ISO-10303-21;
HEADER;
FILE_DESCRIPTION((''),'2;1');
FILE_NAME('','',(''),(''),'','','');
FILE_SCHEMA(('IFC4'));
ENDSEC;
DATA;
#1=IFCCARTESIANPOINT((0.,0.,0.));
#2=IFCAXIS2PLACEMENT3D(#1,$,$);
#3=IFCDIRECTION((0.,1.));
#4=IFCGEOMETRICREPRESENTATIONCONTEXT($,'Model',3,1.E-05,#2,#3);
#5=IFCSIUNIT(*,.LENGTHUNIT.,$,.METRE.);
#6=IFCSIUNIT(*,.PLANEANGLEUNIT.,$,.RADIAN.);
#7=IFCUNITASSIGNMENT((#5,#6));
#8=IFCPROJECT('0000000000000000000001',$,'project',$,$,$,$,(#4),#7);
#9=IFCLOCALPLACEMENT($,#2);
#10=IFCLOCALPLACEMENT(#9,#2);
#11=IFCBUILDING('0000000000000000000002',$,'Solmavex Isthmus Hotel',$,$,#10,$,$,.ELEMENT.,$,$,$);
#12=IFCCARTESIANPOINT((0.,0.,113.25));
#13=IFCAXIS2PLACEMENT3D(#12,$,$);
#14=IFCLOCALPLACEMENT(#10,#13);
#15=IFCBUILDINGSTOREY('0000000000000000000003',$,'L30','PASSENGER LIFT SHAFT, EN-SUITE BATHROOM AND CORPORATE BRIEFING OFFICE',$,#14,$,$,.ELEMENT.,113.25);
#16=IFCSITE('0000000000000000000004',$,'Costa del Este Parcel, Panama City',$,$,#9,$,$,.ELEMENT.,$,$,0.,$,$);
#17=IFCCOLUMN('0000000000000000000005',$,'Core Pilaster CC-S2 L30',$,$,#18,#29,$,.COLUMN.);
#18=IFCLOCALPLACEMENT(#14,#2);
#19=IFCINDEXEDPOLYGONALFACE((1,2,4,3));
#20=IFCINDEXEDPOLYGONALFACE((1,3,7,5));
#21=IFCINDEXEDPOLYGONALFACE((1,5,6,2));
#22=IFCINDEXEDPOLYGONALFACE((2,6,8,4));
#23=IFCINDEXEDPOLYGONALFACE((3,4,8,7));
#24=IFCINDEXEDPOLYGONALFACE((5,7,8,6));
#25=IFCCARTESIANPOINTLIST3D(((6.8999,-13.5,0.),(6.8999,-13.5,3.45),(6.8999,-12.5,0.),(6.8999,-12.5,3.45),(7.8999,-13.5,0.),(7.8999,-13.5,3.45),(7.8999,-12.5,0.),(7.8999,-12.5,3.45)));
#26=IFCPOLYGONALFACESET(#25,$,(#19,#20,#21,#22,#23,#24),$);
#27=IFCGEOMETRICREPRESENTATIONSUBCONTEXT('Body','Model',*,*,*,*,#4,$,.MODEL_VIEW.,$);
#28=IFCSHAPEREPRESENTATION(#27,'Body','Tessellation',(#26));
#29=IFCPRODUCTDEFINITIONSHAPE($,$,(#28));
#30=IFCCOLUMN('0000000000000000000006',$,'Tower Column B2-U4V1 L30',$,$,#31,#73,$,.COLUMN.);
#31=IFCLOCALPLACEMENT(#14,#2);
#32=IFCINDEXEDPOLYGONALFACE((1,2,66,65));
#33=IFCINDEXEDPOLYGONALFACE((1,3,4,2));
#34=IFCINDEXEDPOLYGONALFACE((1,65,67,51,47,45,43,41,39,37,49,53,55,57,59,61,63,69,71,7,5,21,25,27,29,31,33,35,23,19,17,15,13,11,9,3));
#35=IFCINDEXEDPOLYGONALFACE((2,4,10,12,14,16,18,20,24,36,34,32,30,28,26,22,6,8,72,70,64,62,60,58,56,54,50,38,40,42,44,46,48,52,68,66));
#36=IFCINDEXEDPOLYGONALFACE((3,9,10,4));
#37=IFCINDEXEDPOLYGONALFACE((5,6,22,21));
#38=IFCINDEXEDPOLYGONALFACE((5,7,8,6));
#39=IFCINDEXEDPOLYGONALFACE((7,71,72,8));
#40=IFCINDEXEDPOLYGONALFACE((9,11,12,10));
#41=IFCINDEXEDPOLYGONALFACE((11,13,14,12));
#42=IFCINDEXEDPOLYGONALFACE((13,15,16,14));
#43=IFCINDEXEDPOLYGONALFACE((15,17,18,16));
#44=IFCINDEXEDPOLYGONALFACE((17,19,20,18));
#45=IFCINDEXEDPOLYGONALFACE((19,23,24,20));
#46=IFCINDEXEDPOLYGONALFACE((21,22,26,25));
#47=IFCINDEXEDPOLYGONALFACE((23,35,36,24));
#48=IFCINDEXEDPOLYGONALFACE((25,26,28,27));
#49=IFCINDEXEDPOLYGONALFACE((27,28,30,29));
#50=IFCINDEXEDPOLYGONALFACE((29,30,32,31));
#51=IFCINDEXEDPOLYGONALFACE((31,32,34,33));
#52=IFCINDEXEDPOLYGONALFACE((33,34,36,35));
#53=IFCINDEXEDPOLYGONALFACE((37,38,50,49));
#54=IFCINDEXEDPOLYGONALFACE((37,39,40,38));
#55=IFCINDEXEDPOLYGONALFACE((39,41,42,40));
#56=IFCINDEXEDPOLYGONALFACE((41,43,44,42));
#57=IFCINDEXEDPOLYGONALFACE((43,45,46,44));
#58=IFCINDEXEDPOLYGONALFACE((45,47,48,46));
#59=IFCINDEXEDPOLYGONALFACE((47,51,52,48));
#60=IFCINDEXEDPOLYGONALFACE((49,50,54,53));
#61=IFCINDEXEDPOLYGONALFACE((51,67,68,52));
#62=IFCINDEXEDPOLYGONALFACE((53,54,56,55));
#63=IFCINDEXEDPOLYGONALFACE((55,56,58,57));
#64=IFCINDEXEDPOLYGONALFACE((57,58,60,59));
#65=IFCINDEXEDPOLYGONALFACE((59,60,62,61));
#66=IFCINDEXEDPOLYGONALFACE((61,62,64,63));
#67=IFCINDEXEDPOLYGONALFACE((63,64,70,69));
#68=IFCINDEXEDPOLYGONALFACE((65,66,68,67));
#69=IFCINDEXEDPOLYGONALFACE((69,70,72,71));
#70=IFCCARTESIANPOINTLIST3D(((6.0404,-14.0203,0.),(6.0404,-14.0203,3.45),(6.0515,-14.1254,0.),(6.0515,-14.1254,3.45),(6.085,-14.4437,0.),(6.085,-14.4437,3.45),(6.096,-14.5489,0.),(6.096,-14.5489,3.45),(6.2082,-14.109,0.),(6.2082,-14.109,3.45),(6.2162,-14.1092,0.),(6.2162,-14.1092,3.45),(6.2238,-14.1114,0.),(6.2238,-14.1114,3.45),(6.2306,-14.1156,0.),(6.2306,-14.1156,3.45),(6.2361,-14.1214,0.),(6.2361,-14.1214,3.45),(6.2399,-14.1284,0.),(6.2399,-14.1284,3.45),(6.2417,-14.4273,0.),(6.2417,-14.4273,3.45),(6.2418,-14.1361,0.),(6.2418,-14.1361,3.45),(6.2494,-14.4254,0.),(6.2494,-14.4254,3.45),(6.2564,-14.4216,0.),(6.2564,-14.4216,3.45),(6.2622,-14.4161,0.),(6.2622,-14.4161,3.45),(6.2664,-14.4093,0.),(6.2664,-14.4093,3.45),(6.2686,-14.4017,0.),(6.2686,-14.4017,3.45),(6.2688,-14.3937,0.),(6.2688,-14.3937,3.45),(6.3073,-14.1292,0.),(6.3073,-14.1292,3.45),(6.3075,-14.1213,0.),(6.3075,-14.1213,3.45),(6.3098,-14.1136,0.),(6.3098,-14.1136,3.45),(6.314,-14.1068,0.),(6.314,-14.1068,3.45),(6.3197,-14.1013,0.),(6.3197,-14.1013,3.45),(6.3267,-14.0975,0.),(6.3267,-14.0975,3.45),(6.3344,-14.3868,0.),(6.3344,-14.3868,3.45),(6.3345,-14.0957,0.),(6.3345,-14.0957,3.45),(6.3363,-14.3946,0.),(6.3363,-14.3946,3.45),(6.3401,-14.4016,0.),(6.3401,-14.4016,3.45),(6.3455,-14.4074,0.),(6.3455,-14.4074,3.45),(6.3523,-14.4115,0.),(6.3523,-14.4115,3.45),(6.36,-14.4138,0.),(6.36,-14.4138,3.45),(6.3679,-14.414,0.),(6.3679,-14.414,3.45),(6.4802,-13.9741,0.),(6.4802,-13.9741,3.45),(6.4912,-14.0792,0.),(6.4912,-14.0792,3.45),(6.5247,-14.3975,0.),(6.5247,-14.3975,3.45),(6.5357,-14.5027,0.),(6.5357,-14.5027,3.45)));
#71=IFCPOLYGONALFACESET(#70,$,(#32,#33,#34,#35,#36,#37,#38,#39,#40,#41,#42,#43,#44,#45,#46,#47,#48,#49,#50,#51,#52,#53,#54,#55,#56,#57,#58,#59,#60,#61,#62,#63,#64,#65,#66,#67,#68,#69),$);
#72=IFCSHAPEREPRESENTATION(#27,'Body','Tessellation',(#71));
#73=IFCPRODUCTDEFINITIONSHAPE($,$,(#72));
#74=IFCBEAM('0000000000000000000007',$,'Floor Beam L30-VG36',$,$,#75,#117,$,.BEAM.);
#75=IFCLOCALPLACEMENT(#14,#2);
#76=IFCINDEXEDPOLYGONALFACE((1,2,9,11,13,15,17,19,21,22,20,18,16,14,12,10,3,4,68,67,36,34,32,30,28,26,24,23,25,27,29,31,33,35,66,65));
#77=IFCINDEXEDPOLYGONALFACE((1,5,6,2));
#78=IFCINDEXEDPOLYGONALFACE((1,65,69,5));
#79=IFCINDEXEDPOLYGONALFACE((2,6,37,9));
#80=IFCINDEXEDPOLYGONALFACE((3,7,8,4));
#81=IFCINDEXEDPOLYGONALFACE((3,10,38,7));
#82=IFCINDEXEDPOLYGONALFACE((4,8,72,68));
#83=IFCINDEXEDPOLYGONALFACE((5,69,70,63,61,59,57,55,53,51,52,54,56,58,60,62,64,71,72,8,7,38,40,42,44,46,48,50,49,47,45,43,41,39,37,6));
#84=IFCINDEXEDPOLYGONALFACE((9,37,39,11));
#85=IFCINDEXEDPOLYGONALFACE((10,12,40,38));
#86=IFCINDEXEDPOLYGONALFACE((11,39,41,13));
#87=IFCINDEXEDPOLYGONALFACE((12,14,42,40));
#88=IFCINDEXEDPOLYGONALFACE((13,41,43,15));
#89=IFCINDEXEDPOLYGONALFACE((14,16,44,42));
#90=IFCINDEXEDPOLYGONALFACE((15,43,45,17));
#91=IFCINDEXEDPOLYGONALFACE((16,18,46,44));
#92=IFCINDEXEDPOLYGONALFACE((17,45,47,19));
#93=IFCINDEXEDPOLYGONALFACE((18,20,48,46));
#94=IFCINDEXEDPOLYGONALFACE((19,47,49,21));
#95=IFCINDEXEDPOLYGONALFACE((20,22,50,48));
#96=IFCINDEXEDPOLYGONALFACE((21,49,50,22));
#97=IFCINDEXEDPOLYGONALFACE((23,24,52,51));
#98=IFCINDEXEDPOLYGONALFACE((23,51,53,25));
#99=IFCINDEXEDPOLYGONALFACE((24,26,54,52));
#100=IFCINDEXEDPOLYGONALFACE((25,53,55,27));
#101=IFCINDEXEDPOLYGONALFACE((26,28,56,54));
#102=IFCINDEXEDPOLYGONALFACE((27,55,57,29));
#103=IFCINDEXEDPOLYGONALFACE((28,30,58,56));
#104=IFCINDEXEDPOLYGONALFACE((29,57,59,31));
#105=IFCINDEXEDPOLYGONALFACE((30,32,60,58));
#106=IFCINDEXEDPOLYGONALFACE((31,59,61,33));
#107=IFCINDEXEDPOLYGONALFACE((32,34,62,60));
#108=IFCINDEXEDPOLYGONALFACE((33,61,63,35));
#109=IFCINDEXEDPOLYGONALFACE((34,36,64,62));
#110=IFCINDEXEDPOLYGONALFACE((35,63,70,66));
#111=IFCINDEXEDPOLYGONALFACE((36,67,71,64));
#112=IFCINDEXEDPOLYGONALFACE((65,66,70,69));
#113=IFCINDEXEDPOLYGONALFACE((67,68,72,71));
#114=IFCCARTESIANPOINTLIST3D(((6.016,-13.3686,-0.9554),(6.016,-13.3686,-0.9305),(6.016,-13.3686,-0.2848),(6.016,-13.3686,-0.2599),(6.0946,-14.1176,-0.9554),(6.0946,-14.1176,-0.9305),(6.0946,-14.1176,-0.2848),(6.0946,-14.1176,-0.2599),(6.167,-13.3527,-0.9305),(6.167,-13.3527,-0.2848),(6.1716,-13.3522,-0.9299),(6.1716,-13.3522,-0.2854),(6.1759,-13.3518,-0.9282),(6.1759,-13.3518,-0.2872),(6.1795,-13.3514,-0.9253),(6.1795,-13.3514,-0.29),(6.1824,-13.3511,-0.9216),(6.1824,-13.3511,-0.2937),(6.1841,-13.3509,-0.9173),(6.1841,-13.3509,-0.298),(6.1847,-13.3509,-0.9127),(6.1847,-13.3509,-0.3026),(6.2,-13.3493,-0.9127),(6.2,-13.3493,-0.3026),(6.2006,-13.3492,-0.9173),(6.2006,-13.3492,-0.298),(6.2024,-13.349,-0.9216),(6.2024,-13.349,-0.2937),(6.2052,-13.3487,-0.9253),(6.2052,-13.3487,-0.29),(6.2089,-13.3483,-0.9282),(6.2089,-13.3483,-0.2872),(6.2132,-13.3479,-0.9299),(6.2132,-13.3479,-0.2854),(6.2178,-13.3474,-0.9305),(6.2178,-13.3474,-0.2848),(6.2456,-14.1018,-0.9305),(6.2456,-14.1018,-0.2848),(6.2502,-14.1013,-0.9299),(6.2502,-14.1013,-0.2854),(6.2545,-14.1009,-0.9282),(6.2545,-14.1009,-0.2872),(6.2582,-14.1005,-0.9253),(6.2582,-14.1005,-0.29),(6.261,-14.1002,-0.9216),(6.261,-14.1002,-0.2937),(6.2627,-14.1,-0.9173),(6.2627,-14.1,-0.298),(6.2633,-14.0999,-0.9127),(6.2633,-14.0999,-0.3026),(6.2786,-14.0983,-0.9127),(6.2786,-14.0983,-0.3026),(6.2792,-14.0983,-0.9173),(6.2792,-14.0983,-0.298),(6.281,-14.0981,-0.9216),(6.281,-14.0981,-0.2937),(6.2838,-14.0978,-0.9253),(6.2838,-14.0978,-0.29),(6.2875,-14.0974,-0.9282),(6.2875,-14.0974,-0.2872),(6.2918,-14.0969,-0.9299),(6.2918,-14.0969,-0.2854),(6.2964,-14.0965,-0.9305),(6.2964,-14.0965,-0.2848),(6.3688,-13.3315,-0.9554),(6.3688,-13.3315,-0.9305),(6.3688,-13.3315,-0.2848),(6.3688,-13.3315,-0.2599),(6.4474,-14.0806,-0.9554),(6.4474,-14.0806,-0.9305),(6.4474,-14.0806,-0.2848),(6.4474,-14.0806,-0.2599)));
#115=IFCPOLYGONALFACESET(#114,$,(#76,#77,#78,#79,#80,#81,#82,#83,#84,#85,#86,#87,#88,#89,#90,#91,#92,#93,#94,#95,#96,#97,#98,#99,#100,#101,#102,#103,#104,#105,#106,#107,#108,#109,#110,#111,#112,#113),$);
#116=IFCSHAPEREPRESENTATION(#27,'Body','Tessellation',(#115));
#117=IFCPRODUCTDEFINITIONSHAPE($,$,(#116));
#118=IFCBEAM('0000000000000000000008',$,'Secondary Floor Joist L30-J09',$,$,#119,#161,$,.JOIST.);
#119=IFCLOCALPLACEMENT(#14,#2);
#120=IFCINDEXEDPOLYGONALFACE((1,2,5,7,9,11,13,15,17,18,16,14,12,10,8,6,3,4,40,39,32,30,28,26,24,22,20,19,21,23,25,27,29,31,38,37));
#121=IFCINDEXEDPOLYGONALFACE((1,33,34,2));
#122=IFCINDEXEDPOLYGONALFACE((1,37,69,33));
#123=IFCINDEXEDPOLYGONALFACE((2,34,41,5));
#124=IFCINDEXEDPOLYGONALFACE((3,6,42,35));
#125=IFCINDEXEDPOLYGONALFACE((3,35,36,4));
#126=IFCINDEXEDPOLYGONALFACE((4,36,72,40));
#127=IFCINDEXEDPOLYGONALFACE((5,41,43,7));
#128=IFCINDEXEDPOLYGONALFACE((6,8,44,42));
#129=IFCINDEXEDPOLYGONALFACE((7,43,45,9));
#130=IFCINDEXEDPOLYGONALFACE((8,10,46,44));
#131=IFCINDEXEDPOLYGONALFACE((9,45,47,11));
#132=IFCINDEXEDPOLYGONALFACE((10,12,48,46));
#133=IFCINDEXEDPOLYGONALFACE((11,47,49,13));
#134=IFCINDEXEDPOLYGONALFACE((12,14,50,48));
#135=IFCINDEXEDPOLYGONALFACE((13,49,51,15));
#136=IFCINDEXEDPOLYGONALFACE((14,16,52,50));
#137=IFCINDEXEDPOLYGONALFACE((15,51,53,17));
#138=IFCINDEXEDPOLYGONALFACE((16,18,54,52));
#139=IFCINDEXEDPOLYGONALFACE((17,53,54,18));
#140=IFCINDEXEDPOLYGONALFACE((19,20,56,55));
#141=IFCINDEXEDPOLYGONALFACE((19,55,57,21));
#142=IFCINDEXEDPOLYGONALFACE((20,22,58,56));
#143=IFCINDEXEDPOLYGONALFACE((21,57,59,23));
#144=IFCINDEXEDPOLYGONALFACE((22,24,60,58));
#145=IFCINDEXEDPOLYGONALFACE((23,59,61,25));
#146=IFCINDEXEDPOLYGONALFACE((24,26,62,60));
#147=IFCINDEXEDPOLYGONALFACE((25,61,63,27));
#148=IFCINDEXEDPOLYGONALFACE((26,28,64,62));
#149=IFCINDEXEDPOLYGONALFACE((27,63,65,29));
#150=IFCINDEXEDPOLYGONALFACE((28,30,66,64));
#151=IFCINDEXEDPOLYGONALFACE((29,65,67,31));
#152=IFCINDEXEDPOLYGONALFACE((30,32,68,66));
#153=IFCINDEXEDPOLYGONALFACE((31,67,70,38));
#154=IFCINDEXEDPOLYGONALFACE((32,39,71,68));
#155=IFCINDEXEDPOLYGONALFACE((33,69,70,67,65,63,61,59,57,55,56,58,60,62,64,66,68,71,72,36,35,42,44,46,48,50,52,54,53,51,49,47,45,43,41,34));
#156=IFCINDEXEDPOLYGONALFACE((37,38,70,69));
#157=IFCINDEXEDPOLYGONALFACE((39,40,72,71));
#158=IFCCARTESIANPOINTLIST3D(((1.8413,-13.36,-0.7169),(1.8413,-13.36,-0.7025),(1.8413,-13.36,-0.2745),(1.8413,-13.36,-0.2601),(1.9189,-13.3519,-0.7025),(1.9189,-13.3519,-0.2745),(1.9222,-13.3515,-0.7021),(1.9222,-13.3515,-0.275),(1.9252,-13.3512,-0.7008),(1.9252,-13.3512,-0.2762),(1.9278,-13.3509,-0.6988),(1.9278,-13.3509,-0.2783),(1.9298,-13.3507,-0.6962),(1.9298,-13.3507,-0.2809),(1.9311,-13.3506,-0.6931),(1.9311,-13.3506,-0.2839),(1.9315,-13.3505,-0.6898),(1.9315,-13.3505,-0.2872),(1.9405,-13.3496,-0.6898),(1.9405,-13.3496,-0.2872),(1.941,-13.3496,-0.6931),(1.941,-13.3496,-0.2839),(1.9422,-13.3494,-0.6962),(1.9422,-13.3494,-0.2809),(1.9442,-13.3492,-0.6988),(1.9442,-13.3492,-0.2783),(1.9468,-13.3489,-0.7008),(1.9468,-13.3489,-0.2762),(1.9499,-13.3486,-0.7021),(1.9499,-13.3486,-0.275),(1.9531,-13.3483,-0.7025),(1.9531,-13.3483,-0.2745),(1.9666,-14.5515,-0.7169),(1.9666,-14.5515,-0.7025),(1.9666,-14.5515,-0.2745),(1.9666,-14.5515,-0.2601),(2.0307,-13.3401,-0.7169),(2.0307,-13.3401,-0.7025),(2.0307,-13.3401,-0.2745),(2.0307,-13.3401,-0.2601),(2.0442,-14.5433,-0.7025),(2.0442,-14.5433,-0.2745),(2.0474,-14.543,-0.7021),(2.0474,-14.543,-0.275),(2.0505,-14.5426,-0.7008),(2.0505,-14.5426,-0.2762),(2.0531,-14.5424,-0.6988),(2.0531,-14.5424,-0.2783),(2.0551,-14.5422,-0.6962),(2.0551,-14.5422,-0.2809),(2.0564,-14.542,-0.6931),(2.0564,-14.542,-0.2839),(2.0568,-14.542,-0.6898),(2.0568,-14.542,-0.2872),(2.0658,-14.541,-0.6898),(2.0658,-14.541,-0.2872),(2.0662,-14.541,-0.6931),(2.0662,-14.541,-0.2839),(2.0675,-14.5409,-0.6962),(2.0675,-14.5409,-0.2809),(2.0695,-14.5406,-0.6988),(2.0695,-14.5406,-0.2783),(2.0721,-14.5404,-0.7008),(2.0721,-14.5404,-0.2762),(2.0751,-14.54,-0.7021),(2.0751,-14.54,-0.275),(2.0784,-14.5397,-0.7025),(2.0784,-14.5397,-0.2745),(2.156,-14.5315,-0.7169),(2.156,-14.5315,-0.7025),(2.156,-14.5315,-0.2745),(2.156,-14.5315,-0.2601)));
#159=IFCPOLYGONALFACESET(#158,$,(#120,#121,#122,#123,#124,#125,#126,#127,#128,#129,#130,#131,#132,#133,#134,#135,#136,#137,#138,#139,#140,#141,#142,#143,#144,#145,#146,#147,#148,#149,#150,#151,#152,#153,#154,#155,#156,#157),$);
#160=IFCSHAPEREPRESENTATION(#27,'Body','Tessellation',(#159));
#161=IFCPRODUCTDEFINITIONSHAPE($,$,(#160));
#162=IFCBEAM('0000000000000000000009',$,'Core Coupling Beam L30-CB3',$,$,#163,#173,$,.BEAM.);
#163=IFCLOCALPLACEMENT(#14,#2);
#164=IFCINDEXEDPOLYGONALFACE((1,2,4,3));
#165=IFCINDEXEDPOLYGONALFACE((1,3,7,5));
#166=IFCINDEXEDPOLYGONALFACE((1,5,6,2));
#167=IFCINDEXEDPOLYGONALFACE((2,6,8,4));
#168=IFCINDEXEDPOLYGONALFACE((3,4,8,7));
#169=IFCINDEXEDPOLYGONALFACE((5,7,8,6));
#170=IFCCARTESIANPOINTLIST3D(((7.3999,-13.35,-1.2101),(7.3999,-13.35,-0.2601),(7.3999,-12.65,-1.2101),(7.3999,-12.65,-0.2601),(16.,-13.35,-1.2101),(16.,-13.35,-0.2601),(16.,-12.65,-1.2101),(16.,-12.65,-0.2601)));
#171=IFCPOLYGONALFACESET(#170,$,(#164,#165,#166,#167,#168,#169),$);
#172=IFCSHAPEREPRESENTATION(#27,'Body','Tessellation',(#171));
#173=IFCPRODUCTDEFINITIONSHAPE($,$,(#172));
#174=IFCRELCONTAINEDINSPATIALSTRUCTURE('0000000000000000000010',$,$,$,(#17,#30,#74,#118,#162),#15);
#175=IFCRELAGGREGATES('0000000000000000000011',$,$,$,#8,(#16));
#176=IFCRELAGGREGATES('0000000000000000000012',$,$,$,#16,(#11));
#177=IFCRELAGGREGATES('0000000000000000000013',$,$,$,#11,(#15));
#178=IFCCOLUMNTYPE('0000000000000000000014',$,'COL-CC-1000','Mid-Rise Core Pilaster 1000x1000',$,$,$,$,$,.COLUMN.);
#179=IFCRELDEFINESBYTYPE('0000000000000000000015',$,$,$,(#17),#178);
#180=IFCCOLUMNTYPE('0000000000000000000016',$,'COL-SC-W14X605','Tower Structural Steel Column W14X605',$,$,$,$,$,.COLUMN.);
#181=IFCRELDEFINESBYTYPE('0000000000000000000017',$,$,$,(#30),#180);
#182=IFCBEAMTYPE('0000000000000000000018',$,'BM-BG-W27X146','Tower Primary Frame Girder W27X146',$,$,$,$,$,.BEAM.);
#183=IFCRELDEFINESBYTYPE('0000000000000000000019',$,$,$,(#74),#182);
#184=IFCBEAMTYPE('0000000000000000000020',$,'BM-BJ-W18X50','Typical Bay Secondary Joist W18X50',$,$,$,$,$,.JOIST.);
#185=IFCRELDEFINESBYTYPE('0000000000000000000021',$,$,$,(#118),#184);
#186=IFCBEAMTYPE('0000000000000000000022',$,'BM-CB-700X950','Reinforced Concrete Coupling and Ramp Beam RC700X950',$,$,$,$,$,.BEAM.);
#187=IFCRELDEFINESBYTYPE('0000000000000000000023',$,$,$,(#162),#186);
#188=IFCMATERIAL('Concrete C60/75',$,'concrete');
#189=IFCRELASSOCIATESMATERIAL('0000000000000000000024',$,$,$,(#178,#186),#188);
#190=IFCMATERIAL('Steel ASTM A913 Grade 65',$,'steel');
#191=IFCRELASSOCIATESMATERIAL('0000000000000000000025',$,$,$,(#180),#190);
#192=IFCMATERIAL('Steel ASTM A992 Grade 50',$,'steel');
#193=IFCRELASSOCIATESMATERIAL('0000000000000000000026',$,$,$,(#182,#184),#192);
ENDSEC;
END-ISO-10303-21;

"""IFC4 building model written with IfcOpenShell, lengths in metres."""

from ifc_helpers import new_model, si_unit, direction, frame, origin, origin_2d, place, context, subcontext, project, spatial, rectangle, i_section, extrude, material, material_profile, profile_set, type_object, element, save


model = new_model("IFC4")

# Units and contexts
model_context = context("Model", 3, precision=1e-05, world=origin(), true_north=direction((0.0, 1.0)))
body_context = subcontext(model_context, "Body", "Model", "MODEL_VIEW")
ifc_project = project(units=[si_unit("LENGTHUNIT", "METRE"), si_unit("PLANEANGLEUNIT", "RADIAN")], contexts=[model_context])

# Site, building, storey
site_placement = place(None, origin())
site = spatial("IfcSite", under=ifc_project, at=site_placement, Name="Costa del Este Parcel, Panama City", CompositionType="ELEMENT", RefElevation=0.0)
building_placement = place(site_placement, origin())
building = spatial("IfcBuilding", under=site, at=building_placement, Name="Solmavex Isthmus Hotel", CompositionType="ELEMENT")
storey_placement = place(building_placement, frame((0.0, 0.0, 113.25)))
storey = spatial("IfcBuildingStorey", under=building, at=storey_placement, Name="L30", Description="PASSENGER LIFT SHAFT, EN-SUITE BATHROOM AND CORPORATE BRIEFING OFFICE", CompositionType="ELEMENT", Elevation=113.25)

# Columns
ifc_material_1 = material(Name="Concrete C60/75", Category="concrete")
ifc_material_profile_1 = material_profile(ifc_material_1, rectangle(XDim=1.0, YDim=1.0, at=origin_2d()), Name="RC1000X1000")
ifc_profile_set_1 = profile_set([ifc_material_profile_1], Name="Concrete C60/75")
column_type_1 = type_object("IfcColumnType", Name="COL-CC-1000", Description="Mid-Rise Core Pilaster 1000x1000", PredefinedType="COLUMN", material=ifc_profile_set_1)
column_1_placement = place(storey_placement, frame((7.3999, -13.0, 0.0), z_axis=(0.0, 0.0, 1.0), x_axis=(1.0, 0.0, 0.0)))
element("IfcColumn", 1, at=column_1_placement, inside=storey, type_object=column_type_1, Name="Core Pilaster CC-S2 L30", PredefinedType="COLUMN", context=body_context, shape_type="SweptSolid", body=[
    extrude(rectangle(XDim=1.0, YDim=1.0, at=origin_2d()), origin(), (0.0, 0.0, 1.0), 3.45),
])
ifc_material_2 = material(Name="Steel ASTM A913 Grade 65", Category="steel")
ifc_material_profile_2 = material_profile(ifc_material_2, i_section(OverallWidth=0.4421, OverallDepth=0.5315, WebThickness=0.0659, FlangeThickness=0.1057, FilletRadius=0.0305, at=origin_2d()), Name="W14X605")
ifc_profile_set_2 = profile_set([ifc_material_profile_2], Name="Steel ASTM A913 Grade 65")
column_type_2 = type_object("IfcColumnType", Name="COL-SC-W14X605", Description="Tower Structural Steel Column W14X605", PredefinedType="COLUMN", material=ifc_profile_set_2)
column_2_placement = place(storey_placement, frame((6.2881, -14.2615, 0.0), z_axis=(0.0, 0.0, 1.0), x_axis=(0.994522, 0.104528, 0.0)))
element("IfcColumn", 2, at=column_2_placement, inside=storey, type_object=column_type_2, Name="Tower Column B2-U4V1 L30", PredefinedType="COLUMN", context=body_context, shape_type="SweptSolid", body=[
    extrude(i_section(OverallWidth=0.4421, OverallDepth=0.5315, WebThickness=0.0659, FlangeThickness=0.1057, FilletRadius=0.0305, at=origin_2d()), origin(), (0.0, 0.0, 1.0), 3.45),
])

# Beams
ifc_material_3 = material(Name="Steel ASTM A992 Grade 50", Category="steel")
ifc_material_profile_3 = material_profile(ifc_material_3, i_section(OverallWidth=0.3547, OverallDepth=0.6956, WebThickness=0.0154, FlangeThickness=0.0249, FilletRadius=0.0178, at=origin_2d()), Name="W27X146")
ifc_profile_set_3 = profile_set([ifc_material_profile_3], Name="Steel ASTM A992 Grade 50")
beam_type_1 = type_object("IfcBeamType", Name="BM-BG-W27X146", Description="Tower Primary Frame Girder W27X146", PredefinedType="BEAM", material=ifc_profile_set_3)
beam_1_placement = place(storey_placement, frame((6.271, -14.0991, -0.6077), z_axis=(-0.104381, 0.994537, 0.0), x_axis=(-0.994537, -0.104381, 0.0)))
element("IfcBeam", 3, at=beam_1_placement, inside=storey, type_object=beam_type_1, Name="Floor Beam L30-VG36", PredefinedType="BEAM", context=body_context, shape_type="SweptSolid", body=[
    extrude(i_section(OverallWidth=0.3547, OverallDepth=0.6956, WebThickness=0.0154, FlangeThickness=0.0249, FilletRadius=0.0178, at=origin_2d()), origin(), (0.0, 0.0, 1.0), 0.7532),
])
ifc_material_profile_4 = material_profile(ifc_material_3, i_section(OverallWidth=0.1904, OverallDepth=0.4568, WebThickness=0.009, FlangeThickness=0.0144, FilletRadius=0.0127, at=origin_2d()), Name="W18X50")
ifc_profile_set_4 = profile_set([ifc_material_profile_4], Name="Steel ASTM A992 Grade 50")
beam_type_2 = type_object("IfcBeamType", Name="BM-BJ-W18X50", Description="Typical Bay Secondary Joist W18X50", PredefinedType="JOIST", material=ifc_profile_set_4)
beam_2_placement = place(storey_placement, frame((2.0613, -14.5415, -0.4885), z_axis=(-0.104547, 0.99452, 0.0), x_axis=(-0.99452, -0.104547, 0.0)))
element("IfcBeam", 4, at=beam_2_placement, inside=storey, type_object=beam_type_2, Name="Secondary Floor Joist L30-J09", PredefinedType="JOIST", context=body_context, shape_type="SweptSolid", body=[
    extrude(i_section(OverallWidth=0.1904, OverallDepth=0.4568, WebThickness=0.009, FlangeThickness=0.0144, FilletRadius=0.0127, at=origin_2d()), origin(), (0.0, 0.0, 1.0), 1.198),
])
ifc_material_profile_5 = material_profile(ifc_material_1, rectangle(XDim=0.7, YDim=0.95, at=origin_2d()), Name="RC700X950")
ifc_profile_set_5 = profile_set([ifc_material_profile_5], Name="Concrete C60/75")
beam_type_3 = type_object("IfcBeamType", Name="BM-CB-700X950", Description="Reinforced Concrete Coupling and Ramp Beam RC700X950", PredefinedType="BEAM", material=ifc_profile_set_5)
beam_3_placement = place(storey_placement, frame((7.3999, -13.0, -0.7351), z_axis=(1.0, 0.0, 0.0), x_axis=(0.0, 1.0, 0.0)))
element("IfcBeam", 5, at=beam_3_placement, inside=storey, type_object=beam_type_3, Name="Core Coupling Beam L30-CB3", PredefinedType="BEAM", context=body_context, shape_type="SweptSolid", body=[
    extrude(rectangle(XDim=0.7, YDim=0.95, at=origin_2d()), origin(), (0.0, 0.0, 1.0), 8.6001),
])

save(model, "model.ifc")
